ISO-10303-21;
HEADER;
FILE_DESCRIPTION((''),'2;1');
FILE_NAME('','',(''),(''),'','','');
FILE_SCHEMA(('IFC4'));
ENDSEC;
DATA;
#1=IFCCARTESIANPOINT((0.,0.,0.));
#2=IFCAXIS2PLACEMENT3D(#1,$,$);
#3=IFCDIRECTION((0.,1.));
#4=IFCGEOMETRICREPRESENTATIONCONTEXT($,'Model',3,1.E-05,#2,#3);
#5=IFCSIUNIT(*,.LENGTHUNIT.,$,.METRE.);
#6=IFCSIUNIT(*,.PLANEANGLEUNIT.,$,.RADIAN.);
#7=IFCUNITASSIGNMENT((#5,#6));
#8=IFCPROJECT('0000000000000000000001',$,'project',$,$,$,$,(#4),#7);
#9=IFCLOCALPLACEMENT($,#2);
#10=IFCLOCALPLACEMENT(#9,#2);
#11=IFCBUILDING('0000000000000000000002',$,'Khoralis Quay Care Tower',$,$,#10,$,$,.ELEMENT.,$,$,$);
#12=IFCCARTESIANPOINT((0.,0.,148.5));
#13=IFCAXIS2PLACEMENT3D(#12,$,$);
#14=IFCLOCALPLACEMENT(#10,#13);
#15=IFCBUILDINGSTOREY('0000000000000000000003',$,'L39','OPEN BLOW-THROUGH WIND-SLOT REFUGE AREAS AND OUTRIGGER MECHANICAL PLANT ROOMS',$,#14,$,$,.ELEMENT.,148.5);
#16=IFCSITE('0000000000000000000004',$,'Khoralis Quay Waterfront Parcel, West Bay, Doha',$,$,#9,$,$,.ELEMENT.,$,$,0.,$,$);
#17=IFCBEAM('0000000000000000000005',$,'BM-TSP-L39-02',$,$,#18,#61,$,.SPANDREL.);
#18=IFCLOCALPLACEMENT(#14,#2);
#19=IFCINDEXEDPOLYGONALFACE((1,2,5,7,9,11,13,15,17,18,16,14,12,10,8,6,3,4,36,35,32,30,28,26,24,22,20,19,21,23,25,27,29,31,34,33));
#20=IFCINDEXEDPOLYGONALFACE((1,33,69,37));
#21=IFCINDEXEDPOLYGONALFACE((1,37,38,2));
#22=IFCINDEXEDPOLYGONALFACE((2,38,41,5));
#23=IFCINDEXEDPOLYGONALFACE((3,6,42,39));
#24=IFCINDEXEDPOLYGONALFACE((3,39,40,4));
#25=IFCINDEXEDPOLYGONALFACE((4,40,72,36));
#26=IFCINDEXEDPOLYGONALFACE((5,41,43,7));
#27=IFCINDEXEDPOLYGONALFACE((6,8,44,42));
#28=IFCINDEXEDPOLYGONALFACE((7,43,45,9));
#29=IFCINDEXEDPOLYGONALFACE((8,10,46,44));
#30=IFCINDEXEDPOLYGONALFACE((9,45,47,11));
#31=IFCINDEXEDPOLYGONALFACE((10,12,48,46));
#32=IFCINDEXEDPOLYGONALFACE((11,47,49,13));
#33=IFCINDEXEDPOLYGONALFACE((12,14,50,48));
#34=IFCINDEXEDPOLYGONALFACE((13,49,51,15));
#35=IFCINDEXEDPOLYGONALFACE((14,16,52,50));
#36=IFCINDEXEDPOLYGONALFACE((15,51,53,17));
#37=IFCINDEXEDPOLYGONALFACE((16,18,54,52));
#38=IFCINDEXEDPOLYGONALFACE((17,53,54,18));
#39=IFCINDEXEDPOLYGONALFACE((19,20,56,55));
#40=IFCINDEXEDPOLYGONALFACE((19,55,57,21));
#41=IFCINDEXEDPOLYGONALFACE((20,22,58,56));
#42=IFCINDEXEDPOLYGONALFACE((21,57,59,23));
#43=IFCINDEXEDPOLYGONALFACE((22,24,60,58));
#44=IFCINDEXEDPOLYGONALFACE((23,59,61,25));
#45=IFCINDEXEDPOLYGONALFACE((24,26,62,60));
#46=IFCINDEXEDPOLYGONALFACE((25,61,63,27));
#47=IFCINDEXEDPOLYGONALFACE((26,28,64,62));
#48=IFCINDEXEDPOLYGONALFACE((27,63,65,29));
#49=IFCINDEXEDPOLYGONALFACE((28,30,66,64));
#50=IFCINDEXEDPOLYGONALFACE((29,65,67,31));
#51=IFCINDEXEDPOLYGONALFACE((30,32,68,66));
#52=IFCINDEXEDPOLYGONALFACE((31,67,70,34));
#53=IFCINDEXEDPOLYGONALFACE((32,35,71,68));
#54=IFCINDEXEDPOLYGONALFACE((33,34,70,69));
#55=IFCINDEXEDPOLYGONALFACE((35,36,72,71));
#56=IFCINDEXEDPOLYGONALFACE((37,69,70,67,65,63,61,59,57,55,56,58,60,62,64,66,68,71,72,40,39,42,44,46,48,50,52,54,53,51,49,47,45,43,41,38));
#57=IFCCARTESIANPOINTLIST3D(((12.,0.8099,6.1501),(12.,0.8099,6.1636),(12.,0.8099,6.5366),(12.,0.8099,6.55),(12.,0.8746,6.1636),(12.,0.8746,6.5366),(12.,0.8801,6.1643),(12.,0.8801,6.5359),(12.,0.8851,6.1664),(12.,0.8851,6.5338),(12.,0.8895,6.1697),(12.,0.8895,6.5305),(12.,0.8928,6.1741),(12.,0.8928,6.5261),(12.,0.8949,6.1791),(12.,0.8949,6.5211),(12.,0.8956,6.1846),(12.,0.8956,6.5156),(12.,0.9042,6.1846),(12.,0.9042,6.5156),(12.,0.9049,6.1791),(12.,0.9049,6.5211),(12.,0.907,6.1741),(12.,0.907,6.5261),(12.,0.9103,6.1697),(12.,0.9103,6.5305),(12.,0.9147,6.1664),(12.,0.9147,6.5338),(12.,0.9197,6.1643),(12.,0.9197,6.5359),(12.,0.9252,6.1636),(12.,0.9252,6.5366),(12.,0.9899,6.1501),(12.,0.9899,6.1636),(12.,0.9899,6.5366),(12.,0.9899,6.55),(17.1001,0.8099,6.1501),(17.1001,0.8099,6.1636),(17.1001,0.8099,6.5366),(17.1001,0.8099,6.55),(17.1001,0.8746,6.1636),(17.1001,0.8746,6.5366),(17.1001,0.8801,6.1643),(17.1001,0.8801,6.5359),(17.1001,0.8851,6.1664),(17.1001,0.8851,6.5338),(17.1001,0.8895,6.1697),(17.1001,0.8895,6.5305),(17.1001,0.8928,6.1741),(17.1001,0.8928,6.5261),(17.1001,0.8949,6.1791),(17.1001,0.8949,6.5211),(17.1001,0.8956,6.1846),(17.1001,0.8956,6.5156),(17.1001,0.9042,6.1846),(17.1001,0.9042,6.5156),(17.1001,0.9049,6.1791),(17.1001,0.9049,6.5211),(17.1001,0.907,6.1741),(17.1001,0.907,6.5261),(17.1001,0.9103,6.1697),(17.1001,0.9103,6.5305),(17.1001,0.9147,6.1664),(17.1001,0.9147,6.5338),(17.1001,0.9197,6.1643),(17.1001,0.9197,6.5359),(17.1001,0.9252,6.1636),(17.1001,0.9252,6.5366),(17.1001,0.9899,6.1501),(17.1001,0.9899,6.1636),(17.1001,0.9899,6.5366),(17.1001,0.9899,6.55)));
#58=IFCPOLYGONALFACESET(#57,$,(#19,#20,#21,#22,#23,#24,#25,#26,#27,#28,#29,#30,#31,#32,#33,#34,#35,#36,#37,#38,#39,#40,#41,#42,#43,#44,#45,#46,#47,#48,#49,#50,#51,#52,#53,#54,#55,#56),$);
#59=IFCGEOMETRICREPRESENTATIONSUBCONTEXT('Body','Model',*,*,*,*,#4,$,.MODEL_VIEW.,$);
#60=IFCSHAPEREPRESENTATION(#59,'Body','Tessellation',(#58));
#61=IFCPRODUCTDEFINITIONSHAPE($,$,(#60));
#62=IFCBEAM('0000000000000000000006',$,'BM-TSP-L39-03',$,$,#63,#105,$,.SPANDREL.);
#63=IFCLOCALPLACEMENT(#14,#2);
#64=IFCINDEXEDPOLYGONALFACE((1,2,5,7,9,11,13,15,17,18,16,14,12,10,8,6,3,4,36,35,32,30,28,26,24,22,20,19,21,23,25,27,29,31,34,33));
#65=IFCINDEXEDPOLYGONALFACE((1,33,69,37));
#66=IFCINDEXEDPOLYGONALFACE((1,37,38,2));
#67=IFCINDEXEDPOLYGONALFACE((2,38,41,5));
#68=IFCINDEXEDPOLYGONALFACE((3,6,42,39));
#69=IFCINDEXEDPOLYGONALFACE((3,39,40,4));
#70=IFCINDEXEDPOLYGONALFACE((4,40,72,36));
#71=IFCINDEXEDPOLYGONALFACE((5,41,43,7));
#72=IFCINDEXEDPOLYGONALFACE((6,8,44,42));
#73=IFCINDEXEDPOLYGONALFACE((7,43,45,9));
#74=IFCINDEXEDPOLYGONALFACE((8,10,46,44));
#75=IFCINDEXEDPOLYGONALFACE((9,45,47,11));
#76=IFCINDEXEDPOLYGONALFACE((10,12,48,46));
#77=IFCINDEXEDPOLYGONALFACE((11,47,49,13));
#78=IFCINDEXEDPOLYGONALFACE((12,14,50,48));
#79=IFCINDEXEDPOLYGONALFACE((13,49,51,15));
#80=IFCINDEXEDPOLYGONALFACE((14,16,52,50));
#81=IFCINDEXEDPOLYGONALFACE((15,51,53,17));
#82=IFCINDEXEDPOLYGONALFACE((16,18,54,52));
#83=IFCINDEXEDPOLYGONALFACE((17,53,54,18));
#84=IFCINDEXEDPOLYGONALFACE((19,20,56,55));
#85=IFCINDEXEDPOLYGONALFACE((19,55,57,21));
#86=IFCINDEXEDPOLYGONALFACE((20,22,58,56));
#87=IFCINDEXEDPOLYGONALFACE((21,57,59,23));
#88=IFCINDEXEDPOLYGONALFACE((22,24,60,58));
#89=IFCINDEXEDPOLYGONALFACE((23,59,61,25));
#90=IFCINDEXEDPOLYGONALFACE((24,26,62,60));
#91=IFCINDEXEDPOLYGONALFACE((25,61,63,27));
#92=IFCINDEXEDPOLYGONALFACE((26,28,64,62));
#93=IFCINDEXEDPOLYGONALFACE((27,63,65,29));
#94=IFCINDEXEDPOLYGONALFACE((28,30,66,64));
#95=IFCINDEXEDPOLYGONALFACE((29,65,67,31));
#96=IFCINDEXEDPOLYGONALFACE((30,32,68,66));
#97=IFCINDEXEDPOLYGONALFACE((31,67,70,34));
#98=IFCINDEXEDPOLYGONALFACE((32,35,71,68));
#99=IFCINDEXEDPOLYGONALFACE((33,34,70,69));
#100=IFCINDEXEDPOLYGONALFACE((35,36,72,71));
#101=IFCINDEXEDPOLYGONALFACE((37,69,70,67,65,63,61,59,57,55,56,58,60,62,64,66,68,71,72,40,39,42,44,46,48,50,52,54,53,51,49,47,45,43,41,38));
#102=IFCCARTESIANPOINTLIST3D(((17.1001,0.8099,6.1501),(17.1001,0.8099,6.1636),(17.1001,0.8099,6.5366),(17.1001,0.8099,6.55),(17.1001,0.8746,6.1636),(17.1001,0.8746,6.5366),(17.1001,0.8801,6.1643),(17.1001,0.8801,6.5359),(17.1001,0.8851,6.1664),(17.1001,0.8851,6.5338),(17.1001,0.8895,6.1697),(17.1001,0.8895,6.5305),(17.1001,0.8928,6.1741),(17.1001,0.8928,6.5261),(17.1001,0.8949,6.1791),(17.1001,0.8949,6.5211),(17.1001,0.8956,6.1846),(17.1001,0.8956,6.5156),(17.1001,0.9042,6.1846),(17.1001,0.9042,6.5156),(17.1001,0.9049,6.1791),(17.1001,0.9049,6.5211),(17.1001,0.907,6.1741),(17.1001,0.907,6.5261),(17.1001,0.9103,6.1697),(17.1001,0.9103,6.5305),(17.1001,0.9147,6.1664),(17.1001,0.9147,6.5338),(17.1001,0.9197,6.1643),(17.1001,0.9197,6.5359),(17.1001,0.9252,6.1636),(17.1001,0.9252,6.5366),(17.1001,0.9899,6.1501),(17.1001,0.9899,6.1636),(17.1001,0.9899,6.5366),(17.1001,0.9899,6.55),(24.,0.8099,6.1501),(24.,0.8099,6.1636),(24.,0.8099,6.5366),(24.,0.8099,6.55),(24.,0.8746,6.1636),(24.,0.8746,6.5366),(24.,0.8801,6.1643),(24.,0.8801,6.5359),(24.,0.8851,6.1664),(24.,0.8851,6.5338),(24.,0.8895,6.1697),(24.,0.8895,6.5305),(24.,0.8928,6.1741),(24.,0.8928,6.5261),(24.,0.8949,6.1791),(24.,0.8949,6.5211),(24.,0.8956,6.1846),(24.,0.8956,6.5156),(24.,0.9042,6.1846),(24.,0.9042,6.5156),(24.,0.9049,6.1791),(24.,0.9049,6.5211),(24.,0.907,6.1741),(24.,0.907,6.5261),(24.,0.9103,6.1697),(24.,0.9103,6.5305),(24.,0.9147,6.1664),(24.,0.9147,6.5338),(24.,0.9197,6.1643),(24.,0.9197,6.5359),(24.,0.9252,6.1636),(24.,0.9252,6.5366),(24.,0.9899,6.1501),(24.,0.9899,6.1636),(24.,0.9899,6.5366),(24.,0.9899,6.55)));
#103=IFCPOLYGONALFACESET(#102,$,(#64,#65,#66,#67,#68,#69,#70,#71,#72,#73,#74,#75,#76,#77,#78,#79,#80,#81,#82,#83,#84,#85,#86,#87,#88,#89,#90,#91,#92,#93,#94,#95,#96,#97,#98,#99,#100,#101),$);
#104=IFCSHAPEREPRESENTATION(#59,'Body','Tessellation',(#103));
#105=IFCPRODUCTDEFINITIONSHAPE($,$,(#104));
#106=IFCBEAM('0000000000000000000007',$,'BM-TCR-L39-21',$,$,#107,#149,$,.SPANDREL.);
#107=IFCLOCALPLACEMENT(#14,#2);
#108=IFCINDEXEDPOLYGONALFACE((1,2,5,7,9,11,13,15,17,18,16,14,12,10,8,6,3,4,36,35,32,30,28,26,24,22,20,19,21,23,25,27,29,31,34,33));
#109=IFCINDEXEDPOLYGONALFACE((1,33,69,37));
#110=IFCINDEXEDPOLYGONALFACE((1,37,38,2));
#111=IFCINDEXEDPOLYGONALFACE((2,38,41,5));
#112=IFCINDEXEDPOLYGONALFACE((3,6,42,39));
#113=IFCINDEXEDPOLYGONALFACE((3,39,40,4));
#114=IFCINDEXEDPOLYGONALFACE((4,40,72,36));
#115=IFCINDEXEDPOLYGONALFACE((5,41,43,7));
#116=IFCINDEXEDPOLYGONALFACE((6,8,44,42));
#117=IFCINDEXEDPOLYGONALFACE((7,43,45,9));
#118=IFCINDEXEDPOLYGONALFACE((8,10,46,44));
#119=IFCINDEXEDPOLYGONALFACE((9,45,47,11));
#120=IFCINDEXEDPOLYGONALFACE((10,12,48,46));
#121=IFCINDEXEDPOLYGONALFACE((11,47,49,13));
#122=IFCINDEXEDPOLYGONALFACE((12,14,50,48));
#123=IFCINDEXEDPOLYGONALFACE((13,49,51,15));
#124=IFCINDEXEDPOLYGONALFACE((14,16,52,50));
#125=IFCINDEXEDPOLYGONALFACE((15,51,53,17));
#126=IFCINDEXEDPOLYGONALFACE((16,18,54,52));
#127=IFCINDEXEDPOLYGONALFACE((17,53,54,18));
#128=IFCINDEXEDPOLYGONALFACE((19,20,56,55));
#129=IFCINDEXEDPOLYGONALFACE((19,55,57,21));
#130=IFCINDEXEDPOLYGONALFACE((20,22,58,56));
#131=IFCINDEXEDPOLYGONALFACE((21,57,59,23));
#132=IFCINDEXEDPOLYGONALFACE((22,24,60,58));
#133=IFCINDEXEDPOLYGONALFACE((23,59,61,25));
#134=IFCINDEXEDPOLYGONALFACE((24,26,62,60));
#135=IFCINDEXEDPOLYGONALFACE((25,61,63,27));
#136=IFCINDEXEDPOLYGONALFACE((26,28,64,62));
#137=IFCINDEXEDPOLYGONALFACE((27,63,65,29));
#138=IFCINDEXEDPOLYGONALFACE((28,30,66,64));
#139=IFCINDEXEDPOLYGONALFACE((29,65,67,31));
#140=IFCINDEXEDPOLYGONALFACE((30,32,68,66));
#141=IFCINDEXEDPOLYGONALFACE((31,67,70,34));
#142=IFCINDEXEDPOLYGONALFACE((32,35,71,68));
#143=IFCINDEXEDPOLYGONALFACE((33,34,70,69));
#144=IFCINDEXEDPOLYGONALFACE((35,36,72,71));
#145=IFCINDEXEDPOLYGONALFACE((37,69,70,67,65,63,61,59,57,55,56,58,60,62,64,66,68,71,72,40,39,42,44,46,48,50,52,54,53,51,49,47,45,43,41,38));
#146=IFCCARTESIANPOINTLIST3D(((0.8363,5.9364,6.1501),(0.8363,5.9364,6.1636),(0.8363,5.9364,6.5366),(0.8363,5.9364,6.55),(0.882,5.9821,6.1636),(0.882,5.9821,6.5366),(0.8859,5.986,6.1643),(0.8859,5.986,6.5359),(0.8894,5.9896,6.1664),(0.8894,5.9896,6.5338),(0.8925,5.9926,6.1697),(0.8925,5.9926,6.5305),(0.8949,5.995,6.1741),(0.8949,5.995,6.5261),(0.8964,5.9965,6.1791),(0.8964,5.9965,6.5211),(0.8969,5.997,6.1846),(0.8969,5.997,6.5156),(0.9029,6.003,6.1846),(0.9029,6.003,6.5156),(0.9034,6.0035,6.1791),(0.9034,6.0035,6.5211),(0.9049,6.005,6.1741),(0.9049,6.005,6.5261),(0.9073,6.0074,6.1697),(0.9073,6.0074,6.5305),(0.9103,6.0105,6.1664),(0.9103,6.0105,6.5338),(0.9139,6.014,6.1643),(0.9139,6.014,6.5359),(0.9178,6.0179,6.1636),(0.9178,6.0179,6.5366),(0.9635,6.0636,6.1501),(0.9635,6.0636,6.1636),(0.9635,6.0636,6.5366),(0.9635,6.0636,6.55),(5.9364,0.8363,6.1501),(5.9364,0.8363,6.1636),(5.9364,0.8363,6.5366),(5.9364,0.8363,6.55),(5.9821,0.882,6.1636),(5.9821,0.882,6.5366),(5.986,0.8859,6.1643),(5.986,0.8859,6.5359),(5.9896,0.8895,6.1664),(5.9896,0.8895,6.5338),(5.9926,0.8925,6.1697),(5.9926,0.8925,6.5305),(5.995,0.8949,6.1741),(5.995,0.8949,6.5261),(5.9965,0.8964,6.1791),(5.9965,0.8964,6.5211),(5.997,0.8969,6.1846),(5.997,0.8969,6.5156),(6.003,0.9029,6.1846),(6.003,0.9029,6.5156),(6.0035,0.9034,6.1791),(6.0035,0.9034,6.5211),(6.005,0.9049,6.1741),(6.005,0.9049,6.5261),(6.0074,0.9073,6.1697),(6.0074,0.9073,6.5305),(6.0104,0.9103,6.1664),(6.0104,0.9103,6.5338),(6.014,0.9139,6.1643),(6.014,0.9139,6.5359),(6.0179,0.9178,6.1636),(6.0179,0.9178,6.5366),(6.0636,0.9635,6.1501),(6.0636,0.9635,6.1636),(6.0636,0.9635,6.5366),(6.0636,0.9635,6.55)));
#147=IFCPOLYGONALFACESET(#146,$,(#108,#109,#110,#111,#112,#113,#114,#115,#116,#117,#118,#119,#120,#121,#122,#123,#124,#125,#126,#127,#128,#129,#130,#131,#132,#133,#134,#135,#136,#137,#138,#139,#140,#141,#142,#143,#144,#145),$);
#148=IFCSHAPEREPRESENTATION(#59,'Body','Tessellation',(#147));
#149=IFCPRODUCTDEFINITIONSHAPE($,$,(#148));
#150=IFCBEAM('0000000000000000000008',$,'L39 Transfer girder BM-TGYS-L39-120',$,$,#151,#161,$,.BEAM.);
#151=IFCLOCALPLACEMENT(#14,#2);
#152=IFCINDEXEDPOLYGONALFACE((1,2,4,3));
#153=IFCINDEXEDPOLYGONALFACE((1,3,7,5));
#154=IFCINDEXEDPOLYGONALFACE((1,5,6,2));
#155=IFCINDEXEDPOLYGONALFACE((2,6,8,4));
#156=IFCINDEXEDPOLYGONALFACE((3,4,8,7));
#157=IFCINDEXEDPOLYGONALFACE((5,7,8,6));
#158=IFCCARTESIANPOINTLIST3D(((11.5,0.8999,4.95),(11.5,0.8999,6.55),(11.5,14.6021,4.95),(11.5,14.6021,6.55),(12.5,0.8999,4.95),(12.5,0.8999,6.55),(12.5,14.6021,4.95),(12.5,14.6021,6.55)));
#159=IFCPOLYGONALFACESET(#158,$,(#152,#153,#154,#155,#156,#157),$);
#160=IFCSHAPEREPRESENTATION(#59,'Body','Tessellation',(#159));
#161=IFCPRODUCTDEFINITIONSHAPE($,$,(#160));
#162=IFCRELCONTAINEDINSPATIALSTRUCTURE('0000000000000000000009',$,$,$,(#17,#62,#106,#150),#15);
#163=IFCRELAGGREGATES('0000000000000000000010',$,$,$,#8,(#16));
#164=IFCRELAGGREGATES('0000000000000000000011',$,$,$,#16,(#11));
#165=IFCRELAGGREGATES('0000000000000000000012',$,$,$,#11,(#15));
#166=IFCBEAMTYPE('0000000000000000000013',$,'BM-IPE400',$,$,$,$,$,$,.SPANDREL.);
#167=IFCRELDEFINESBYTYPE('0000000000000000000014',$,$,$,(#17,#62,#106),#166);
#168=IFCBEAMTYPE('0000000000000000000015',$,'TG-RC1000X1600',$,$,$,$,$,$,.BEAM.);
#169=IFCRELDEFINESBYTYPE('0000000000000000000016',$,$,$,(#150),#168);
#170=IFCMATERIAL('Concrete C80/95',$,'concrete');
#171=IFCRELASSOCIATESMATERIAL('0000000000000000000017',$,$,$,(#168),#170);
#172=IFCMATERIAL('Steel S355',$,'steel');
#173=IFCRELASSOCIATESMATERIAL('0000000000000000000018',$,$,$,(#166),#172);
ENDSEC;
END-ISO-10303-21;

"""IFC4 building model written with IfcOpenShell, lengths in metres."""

from ifc_helpers import new_model, si_unit, direction, frame, origin, origin_2d, place, context, subcontext, project, spatial, rectangle, i_section, extrude, source, transform, mapped, material, material_profile, profile_set, type_object, element, save


model = new_model("IFC4")

# Units and contexts
model_context = context("Model", 3, precision=1e-05, world=origin(), true_north=direction((0.0, 1.0)))
body_context = subcontext(model_context, "Body", "Model", "MODEL_VIEW")
ifc_project = project(units=[si_unit("LENGTHUNIT", "METRE"), si_unit("PLANEANGLEUNIT", "RADIAN")], contexts=[model_context])

# Site, building, storey
site_placement = place(None, origin())
site = spatial("IfcSite", under=ifc_project, at=site_placement, Name="Khoralis Quay Waterfront Parcel, West Bay, Doha", CompositionType="ELEMENT", RefElevation=0.0)
building_placement = place(site_placement, origin())
building = spatial("IfcBuilding", under=site, at=building_placement, Name="Khoralis Quay Care Tower", CompositionType="ELEMENT")
storey_placement = place(building_placement, frame((0.0, 0.0, 148.5)))
storey = spatial("IfcBuildingStorey", under=building, at=storey_placement, Name="L39", Description="OPEN BLOW-THROUGH WIND-SLOT REFUGE AREAS AND OUTRIGGER MECHANICAL PLANT ROOMS", CompositionType="ELEMENT", Elevation=148.5)

# Beams
ifc_material_1 = material(Name="Concrete C80/95", Category="concrete")
ifc_material_profile_1 = material_profile(ifc_material_1, rectangle(XDim=1.0, YDim=1.6001, at=origin_2d()), Name="Concrete C80/95")
ifc_profile_set_1 = profile_set([ifc_material_profile_1], Name="Concrete C80/95")
beam_type_1 = type_object("IfcBeamType", Name="TG-RC1000X1600", PredefinedType="BEAM", material=ifc_profile_set_1)
ifc_material_2 = material(Name="Steel S355", Category="steel")
ifc_material_profile_2 = material_profile(ifc_material_2, i_section(OverallWidth=0.1799, OverallDepth=0.3999, WebThickness=0.0085, FlangeThickness=0.0134, FilletRadius=0.021, at=origin_2d()), Name="Steel S355")
ifc_profile_set_2 = profile_set([ifc_material_profile_2], Name="Steel S355")
beam_type_2 = type_object("IfcBeamType", Name="BM-IPE400", PredefinedType="SPANDREL", material=ifc_profile_set_2)
shared_shape_1 = source(origin(), body_context, "Body", "SweptSolid", [
    extrude(i_section(OverallWidth=0.1799, OverallDepth=0.3999, WebThickness=0.0085, FlangeThickness=0.0134, FilletRadius=0.021, at=origin_2d()), origin(), (0.0, 0.0, 1.0), 5.1001),
])
beam_1_placement = place(storey_placement, frame((12.0, 0.8999, 6.3501), z_axis=(1.0, 0.0, 0.0), x_axis=(0.0, 1.0, 0.0)))
element("IfcBeam", 1, at=beam_1_placement, inside=storey, type_object=beam_type_2, Name="BM-TSP-L39-02", PredefinedType="SPANDREL", context=body_context, shape_type="MappedRepresentation", body=[
    mapped(shared_shape_1, transform((0.0, 0.0, 0.0), scale=1.0)),
])
shared_shape_2 = source(origin(), body_context, "Body", "SweptSolid", [
    extrude(i_section(OverallWidth=0.1799, OverallDepth=0.3999, WebThickness=0.0085, FlangeThickness=0.0134, FilletRadius=0.021, at=origin_2d()), origin(), (0.0, 0.0, 1.0), 6.8999),
])
beam_2_placement = place(storey_placement, frame((17.1001, 0.8999, 6.3501), z_axis=(1.0, 0.0, 0.0), x_axis=(0.0, 1.0, 0.0)))
element("IfcBeam", 2, at=beam_2_placement, inside=storey, type_object=beam_type_2, Name="BM-TSP-L39-03", PredefinedType="SPANDREL", context=body_context, shape_type="MappedRepresentation", body=[
    mapped(shared_shape_2, transform((0.0, 0.0, 0.0), scale=1.0)),
])
shared_shape_3 = source(origin(), body_context, "Body", "SweptSolid", [
    extrude(i_section(OverallWidth=0.1799, OverallDepth=0.3999, WebThickness=0.0085, FlangeThickness=0.0134, FilletRadius=0.021, at=origin_2d()), origin(), (0.0, 0.0, 1.0), 7.2126),
])
beam_3_placement = place(storey_placement, frame((6.0, 0.8999, 6.3501), z_axis=(-0.707107, 0.707107, 0.0), x_axis=(-0.707107, -0.707107, 0.0)))
element("IfcBeam", 3, at=beam_3_placement, inside=storey, type_object=beam_type_2, Name="BM-TCR-L39-21", PredefinedType="SPANDREL", context=body_context, shape_type="MappedRepresentation", body=[
    mapped(shared_shape_3, transform((0.0, 0.0, 0.0), scale=1.0)),
])
shared_shape_4 = source(origin(), body_context, "Body", "SweptSolid", [
    extrude(rectangle(XDim=1.0, YDim=1.6001, at=origin_2d()), origin(), (0.0, 0.0, 1.0), 13.7021),
])
beam_4_placement = place(storey_placement, frame((12.0, 0.8999, 5.75), z_axis=(0.0, 1.0, 0.0), x_axis=(-1.0, 0.0, 0.0)))
element("IfcBeam", 4, at=beam_4_placement, inside=storey, type_object=beam_type_1, Name="L39 Transfer girder BM-TGYS-L39-120", PredefinedType="BEAM", context=body_context, shape_type="MappedRepresentation", body=[
    mapped(shared_shape_4, transform((0.0, 0.0, 0.0), scale=1.0)),
])

save(model, "model.ifc")
